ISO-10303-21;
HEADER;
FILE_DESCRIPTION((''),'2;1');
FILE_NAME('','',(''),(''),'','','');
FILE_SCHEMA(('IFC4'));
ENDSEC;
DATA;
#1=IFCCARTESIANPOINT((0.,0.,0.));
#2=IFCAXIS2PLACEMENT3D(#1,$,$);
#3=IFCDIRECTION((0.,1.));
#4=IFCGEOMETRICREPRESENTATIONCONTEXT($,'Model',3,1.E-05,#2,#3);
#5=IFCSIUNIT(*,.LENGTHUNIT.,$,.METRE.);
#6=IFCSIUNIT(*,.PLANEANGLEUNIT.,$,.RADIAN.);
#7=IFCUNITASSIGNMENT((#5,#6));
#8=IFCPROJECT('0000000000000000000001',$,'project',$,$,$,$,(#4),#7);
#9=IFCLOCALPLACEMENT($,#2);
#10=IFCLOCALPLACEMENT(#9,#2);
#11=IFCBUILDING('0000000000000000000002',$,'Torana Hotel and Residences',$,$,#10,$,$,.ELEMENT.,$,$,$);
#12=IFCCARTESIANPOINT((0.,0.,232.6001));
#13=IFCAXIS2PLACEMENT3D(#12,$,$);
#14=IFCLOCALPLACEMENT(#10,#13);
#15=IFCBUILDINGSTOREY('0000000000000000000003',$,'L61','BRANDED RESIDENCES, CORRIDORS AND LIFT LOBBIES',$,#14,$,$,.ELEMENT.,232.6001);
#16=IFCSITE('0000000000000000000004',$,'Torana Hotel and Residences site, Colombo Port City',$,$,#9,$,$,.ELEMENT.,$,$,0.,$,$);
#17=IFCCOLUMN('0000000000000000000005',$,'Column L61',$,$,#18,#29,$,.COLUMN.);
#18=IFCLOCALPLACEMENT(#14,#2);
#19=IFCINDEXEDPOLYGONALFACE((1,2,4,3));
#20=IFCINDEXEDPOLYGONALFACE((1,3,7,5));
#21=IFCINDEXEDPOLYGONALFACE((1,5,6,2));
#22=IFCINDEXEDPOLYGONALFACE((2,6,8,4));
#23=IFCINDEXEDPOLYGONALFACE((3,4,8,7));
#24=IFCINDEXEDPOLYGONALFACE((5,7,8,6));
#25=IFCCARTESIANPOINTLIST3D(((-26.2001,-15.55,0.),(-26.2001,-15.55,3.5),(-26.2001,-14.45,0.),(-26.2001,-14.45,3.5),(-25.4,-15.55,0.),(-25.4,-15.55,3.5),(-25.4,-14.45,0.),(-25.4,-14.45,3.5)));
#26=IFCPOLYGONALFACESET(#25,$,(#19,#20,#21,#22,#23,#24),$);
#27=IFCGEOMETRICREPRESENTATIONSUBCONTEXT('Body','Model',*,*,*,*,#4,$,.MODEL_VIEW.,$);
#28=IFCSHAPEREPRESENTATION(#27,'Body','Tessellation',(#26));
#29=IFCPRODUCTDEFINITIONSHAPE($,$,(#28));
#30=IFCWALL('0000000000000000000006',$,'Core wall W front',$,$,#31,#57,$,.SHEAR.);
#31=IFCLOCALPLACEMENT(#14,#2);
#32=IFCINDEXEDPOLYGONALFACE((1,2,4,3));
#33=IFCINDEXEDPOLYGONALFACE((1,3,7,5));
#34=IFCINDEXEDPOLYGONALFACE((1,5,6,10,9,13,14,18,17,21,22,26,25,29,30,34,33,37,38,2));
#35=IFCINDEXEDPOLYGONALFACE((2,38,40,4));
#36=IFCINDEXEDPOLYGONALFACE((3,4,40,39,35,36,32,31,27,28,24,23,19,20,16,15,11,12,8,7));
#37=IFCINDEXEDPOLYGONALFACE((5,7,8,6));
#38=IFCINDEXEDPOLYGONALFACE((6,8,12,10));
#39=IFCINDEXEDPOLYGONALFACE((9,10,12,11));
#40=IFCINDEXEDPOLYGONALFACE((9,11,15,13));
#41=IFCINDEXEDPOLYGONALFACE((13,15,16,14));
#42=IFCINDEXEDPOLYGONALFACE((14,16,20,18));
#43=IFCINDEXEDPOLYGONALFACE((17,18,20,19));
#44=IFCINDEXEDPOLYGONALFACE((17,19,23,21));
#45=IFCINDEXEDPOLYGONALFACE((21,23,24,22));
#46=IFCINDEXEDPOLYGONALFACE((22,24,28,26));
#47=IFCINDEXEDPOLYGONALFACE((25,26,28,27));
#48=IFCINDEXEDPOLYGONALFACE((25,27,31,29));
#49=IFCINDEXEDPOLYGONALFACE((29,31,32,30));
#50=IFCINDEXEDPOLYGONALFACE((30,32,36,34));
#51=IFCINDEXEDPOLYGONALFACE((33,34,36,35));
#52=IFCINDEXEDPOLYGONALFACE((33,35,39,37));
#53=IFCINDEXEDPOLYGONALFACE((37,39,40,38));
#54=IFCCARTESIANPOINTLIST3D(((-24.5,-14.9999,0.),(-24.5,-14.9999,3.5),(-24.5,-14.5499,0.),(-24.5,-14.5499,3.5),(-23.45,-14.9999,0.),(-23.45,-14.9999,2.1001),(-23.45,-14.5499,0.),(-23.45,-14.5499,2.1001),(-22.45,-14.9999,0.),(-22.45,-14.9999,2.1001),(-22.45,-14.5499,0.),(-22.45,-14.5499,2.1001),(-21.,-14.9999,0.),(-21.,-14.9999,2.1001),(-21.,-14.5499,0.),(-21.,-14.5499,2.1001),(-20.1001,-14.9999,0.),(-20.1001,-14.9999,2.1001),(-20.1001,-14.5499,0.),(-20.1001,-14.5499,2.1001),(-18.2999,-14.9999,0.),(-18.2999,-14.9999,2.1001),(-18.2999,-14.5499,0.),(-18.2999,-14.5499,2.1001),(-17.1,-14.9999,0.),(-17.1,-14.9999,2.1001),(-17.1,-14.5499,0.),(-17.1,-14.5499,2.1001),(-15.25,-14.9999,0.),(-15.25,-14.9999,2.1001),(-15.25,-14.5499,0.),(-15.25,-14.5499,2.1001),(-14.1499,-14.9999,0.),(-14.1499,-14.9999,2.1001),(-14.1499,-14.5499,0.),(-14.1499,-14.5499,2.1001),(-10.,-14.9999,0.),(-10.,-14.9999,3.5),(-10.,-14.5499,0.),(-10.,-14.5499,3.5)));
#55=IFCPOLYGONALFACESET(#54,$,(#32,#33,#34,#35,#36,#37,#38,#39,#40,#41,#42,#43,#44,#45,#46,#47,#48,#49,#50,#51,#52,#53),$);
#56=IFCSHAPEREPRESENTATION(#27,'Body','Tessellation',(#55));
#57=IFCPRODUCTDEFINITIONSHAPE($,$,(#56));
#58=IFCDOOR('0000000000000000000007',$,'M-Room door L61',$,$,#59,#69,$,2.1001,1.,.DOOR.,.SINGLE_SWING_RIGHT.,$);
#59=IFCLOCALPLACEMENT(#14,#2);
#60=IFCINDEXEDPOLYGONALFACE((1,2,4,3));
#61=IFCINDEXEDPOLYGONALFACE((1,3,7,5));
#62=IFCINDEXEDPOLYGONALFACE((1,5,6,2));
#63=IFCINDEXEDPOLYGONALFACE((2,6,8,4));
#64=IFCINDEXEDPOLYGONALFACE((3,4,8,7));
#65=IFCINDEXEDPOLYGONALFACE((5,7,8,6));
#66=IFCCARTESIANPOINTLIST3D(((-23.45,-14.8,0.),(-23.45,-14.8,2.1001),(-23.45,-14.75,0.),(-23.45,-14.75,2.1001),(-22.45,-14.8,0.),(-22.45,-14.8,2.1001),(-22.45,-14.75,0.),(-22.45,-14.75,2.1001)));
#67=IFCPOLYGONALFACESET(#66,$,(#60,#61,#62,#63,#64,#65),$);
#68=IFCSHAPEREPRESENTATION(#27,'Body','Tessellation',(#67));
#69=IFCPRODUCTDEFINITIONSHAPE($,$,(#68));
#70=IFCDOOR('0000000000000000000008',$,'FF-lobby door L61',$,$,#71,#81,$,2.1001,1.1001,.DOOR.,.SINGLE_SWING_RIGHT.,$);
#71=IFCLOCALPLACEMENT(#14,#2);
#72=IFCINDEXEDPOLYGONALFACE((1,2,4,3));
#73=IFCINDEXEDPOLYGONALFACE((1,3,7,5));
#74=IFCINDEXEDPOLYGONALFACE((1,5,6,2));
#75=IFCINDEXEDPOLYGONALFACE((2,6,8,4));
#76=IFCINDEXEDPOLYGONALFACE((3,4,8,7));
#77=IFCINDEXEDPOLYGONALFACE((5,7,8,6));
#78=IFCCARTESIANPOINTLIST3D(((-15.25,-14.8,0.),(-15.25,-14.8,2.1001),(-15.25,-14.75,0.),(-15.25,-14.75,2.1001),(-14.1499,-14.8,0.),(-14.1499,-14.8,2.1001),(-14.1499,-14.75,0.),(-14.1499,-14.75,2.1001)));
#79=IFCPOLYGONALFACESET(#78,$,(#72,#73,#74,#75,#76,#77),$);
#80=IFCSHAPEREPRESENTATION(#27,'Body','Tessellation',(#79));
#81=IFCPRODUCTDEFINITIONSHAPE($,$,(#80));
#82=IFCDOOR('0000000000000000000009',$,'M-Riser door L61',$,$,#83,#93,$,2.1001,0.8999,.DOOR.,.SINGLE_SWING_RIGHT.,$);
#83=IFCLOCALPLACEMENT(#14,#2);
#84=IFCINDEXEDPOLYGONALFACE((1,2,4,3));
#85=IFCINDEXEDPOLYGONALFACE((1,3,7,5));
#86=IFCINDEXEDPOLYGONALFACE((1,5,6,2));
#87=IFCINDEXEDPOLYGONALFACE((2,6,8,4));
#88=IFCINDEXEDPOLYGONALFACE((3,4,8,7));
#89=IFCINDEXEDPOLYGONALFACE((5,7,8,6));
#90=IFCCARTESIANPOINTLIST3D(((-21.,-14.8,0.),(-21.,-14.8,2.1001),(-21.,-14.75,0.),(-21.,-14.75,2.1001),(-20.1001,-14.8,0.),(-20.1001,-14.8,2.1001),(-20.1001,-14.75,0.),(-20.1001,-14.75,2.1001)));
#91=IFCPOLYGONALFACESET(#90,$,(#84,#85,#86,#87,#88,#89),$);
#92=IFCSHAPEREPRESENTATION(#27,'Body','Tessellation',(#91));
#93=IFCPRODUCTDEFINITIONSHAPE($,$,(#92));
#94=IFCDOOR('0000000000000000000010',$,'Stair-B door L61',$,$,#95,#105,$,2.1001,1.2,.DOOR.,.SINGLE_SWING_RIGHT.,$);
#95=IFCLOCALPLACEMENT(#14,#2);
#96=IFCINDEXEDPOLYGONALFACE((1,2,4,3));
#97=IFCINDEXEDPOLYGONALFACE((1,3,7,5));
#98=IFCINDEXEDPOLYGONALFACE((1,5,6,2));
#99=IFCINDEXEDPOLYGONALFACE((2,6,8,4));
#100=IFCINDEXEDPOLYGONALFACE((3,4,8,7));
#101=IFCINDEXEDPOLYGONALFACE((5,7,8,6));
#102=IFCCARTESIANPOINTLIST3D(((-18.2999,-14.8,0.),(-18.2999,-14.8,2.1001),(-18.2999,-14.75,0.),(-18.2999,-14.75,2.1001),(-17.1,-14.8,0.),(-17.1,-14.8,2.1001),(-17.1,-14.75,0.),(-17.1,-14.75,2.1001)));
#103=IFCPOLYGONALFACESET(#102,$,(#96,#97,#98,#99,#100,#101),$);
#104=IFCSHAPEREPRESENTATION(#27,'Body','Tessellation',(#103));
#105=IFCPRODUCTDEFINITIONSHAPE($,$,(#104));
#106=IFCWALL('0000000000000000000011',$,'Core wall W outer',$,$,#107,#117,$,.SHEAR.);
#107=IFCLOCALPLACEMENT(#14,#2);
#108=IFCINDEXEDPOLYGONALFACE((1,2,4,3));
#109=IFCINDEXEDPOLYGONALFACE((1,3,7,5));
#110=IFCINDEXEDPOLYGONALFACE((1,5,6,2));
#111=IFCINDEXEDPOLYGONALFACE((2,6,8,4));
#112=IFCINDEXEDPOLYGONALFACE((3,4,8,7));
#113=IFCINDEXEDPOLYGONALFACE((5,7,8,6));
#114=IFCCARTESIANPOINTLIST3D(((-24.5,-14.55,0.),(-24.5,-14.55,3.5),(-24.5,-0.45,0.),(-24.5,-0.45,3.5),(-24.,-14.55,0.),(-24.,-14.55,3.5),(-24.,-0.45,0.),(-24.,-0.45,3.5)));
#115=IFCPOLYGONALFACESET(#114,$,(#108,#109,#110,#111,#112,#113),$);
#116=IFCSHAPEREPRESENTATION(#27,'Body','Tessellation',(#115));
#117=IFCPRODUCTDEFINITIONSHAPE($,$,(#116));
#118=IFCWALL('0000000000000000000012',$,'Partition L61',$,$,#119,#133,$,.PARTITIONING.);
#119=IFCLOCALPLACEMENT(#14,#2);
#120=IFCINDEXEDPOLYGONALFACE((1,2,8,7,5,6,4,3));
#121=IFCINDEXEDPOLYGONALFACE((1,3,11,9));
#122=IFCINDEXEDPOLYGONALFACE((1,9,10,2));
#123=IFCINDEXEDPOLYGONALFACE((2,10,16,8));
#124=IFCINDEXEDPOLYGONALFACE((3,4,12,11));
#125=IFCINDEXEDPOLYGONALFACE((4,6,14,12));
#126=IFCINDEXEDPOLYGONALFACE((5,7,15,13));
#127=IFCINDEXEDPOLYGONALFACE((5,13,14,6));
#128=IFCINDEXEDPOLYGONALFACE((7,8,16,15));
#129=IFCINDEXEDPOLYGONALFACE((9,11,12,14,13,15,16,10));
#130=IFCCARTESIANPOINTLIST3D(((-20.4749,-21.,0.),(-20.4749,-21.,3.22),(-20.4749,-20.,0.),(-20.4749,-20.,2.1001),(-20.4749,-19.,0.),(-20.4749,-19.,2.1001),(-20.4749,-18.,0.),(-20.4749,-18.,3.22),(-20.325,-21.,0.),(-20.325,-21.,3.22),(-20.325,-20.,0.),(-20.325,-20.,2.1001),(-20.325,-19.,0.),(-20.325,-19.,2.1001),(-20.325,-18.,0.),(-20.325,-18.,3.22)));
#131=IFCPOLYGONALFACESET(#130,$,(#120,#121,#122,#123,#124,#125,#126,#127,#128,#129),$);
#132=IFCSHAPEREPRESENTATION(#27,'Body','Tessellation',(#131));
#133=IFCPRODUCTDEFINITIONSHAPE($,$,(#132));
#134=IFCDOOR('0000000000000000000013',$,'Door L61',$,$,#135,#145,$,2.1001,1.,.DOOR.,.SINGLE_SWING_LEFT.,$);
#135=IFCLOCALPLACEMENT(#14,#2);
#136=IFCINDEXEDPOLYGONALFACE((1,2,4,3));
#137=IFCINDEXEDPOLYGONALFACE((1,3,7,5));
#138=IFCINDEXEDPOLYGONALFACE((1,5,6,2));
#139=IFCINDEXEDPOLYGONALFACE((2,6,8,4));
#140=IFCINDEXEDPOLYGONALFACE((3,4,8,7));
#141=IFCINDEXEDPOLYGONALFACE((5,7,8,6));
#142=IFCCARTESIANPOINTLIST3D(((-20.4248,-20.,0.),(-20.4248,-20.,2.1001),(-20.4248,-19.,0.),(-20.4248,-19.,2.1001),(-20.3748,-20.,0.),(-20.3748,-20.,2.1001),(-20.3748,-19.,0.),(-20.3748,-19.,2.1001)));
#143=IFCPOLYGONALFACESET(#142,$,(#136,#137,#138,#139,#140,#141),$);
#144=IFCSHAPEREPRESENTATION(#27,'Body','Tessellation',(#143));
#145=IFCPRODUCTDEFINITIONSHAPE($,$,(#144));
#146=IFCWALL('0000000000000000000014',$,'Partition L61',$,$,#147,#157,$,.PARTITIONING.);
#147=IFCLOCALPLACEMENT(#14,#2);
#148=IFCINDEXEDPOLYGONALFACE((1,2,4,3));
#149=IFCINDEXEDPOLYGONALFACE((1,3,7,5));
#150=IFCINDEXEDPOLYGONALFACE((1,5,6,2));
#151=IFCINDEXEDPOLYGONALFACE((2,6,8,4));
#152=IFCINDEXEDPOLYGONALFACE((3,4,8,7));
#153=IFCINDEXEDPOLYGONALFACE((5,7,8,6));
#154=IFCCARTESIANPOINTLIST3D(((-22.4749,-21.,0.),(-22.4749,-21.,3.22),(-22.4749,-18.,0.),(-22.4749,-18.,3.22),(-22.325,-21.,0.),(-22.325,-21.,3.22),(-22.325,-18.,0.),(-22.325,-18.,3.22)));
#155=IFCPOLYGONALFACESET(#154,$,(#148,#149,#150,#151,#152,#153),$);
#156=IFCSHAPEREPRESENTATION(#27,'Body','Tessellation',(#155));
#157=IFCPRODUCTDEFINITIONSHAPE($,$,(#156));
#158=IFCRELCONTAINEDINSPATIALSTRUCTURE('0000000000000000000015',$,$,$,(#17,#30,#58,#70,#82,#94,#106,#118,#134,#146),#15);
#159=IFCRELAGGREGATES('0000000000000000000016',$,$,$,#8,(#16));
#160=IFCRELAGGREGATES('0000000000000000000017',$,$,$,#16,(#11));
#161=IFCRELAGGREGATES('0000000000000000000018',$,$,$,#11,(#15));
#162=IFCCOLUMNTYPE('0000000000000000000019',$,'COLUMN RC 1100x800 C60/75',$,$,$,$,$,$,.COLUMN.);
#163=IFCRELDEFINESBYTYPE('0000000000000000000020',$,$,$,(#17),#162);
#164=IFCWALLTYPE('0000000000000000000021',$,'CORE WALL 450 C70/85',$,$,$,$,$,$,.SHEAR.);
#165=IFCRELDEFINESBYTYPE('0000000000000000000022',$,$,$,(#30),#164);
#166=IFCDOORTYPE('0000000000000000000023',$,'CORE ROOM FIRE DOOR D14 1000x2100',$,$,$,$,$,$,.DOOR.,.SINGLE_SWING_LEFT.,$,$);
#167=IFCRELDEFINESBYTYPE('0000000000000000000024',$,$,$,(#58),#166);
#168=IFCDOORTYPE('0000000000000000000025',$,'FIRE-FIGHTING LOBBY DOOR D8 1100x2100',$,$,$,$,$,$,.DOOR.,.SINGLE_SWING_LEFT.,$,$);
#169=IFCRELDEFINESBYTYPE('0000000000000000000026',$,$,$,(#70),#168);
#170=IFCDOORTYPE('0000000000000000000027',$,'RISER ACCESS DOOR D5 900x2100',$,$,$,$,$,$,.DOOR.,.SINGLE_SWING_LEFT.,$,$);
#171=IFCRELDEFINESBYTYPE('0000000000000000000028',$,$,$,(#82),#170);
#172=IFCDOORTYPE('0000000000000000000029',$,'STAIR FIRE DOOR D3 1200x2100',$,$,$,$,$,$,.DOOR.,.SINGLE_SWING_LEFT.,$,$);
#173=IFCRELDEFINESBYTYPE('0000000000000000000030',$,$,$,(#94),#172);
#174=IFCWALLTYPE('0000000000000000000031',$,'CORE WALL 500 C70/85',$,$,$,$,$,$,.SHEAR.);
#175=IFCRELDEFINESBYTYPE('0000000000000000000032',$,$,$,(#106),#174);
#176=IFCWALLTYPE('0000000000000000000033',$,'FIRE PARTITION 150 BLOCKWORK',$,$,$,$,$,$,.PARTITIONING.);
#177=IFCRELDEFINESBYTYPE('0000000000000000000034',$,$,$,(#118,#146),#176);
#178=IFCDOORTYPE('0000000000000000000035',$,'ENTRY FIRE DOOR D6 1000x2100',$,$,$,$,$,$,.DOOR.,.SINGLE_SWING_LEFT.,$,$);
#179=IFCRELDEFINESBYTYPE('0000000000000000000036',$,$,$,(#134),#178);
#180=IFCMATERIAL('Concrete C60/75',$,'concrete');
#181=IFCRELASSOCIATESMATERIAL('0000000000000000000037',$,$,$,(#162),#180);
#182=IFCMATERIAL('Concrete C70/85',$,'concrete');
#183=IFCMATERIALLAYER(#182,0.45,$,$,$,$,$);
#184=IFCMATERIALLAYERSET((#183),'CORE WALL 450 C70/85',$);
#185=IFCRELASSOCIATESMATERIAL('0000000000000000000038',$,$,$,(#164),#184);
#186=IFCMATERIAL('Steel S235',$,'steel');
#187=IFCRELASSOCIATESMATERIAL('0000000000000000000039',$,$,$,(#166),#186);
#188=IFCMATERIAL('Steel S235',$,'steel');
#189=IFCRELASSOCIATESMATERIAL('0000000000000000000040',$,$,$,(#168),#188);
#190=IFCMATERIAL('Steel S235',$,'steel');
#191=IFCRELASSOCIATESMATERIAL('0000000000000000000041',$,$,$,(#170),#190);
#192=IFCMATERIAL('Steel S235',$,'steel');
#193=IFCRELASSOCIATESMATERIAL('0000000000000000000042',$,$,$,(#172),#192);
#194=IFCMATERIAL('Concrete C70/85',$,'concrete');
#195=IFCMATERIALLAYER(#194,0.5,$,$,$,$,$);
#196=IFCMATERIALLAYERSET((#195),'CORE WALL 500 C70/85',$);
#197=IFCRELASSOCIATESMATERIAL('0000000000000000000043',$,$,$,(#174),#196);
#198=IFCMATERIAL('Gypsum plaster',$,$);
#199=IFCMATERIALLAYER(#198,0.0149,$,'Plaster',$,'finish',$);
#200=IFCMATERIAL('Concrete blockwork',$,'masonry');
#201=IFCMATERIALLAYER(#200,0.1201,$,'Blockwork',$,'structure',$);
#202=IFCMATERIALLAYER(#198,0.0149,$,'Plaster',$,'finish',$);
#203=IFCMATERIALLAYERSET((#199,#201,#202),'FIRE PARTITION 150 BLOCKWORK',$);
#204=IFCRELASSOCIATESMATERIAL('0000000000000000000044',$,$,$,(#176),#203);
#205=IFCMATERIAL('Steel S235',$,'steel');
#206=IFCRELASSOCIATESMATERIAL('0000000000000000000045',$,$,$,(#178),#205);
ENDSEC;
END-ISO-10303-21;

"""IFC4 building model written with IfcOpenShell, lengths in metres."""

from ifc_helpers import new_model, si_unit, direction, frame, frame_2d, origin, origin_2d, place, context, subcontext, project, spatial, rectangle, extrude, material, layer, layer_set, material_profile, profile_set, type_object, element, fill, save


model = new_model("IFC4")

# Units and contexts
model_context = context("Model", 3, precision=1e-05, world=origin(), true_north=direction((0.0, 1.0)))
body_context = subcontext(model_context, "Body", "Model", "MODEL_VIEW")
ifc_project = project(units=[si_unit("LENGTHUNIT", "METRE"), si_unit("PLANEANGLEUNIT", "RADIAN")], contexts=[model_context])

# Site, building, storey
site_placement = place(None, origin())
site = spatial("IfcSite", under=ifc_project, at=site_placement, Name="Torana Hotel and Residences site, Colombo Port City", CompositionType="ELEMENT", RefElevation=0.0)
building_placement = place(site_placement, origin())
building = spatial("IfcBuilding", under=site, at=building_placement, Name="Torana Hotel and Residences", CompositionType="ELEMENT")
storey_placement = place(building_placement, frame((0.0, 0.0, 232.6001)))
storey = spatial("IfcBuildingStorey", under=building, at=storey_placement, Name="L61", Description="BRANDED RESIDENCES, CORRIDORS AND LIFT LOBBIES", CompositionType="ELEMENT", Elevation=232.6001)

# Column
ifc_material_1 = material(Name="Concrete C60/75", Category="concrete")
ifc_material_profile = material_profile(ifc_material_1, rectangle(XDim=1.1001, YDim=0.8, at=origin_2d()), Name="RC 1100x800")
ifc_profile_set = profile_set([ifc_material_profile], Name="Concrete C60/75")
column_type = type_object("IfcColumnType", Name="COLUMN RC 1100x800 C60/75", PredefinedType="COLUMN", material=ifc_profile_set)
column_placement = place(storey_placement, frame((-25.8, -15.0, 0.0), z_axis=(0.0, 0.0, 1.0), x_axis=(0.0, 1.0, 0.0)))
element("IfcColumn", 1, at=column_placement, inside=storey, type_object=column_type, Name="Column L61", PredefinedType="COLUMN", context=body_context, shape_type="SweptSolid", body=[
    extrude(rectangle(XDim=1.1001, YDim=0.8, at=origin_2d()), origin(), (0.0, 0.0, 1.0), 3.5),
])

# Wall, openings, doors
ifc_material_2 = material(Name="Concrete C70/85", Category="concrete")
ifc_layer_1 = layer(ifc_material_2, 0.45)
ifc_layer_set_1 = layer_set([ifc_layer_1], Name="CORE WALL 450 C70/85")
wall_type_1 = type_object("IfcWallType", Name="CORE WALL 450 C70/85", PredefinedType="SHEAR", material=ifc_layer_set_1)
wall_1_placement = place(storey_placement, frame((-24.5, -14.7749, 0.0), z_axis=(0.0, 0.0, 1.0), x_axis=(1.0, 0.0, 0.0)))
wall_1 = element("IfcWall", 2, at=wall_1_placement, inside=storey, type_object=wall_type_1, Name="Core wall W front", PredefinedType="SHEAR", context=body_context, shape_type="SweptSolid", body=[
    extrude(rectangle(XDim=14.5, YDim=0.45, at=frame_2d((7.25, 0.0))), origin(), (0.0, 0.0, 1.0), 3.5),
])
opening_1_placement = place(wall_1_placement, frame((6.2, 0.0, 0.0)))
opening_1 = element("IfcOpeningElement", 3, at=opening_1_placement, cuts=wall_1, PredefinedType="OPENING", context=body_context, shape_type="SweptSolid", body=[
    extrude(rectangle(XDim=1.2, YDim=2.1001, at=frame_2d((0.6001, 1.05))), frame((0.0, 0.2349, 0.0), z_axis=(0.0, -1.0, 0.0), x_axis=(1.0, 0.0, 0.0)), (0.0, 0.0, 1.0), 0.47),
])
opening_2_placement = place(wall_1_placement, frame((9.25, 0.0, 0.0)))
opening_2 = element("IfcOpeningElement", 4, at=opening_2_placement, cuts=wall_1, PredefinedType="OPENING", context=body_context, shape_type="SweptSolid", body=[
    extrude(rectangle(XDim=1.1001, YDim=2.1001, at=frame_2d((0.55, 1.05))), frame((0.0, 0.2349, 0.0), z_axis=(0.0, -1.0, 0.0), x_axis=(1.0, 0.0, 0.0)), (0.0, 0.0, 1.0), 0.47),
])
opening_3_placement = place(wall_1_placement, frame((3.5, 0.0, 0.0)))
opening_3 = element("IfcOpeningElement", 5, at=opening_3_placement, cuts=wall_1, PredefinedType="OPENING", context=body_context, shape_type="SweptSolid", body=[
    extrude(rectangle(XDim=0.8999, YDim=2.1001, at=frame_2d((0.45, 1.05))), frame((0.0, 0.2349, 0.0), z_axis=(0.0, -1.0, 0.0), x_axis=(1.0, 0.0, 0.0)), (0.0, 0.0, 1.0), 0.47),
])
opening_4_placement = place(wall_1_placement, frame((1.05, 0.0, 0.0)))
opening_4 = element("IfcOpeningElement", 6, at=opening_4_placement, cuts=wall_1, PredefinedType="OPENING", context=body_context, shape_type="SweptSolid", body=[
    extrude(rectangle(XDim=1.0, YDim=2.1001, at=frame_2d((0.5, 1.05))), frame((0.0, 0.2349, 0.0), z_axis=(0.0, -1.0, 0.0), x_axis=(1.0, 0.0, 0.0)), (0.0, 0.0, 1.0), 0.47),
])
ifc_material_3 = material(Name="Steel S235", Category="steel")
door_type_1 = type_object("IfcDoorType", Name="CORE ROOM FIRE DOOR D14 1000x2100", OperationType="SINGLE_SWING_LEFT", PredefinedType="DOOR", material=ifc_material_3)
door_1_placement = place(opening_4_placement, origin())
door_1 = element("IfcDoor", 7, at=door_1_placement, inside=storey, type_object=door_type_1, Name="M-Room door L61", OperationType="SINGLE_SWING_RIGHT", OverallHeight=2.1001, OverallWidth=1.0, PredefinedType="DOOR", context=body_context, shape_type="SweptSolid", body=[
    extrude(rectangle(XDim=1.0, YDim=2.1001, at=frame_2d((0.5, 1.05))), frame((0.0, 0.0249, 0.0), z_axis=(0.0, -1.0, 0.0), x_axis=(1.0, 0.0, 0.0)), (0.0, 0.0, 1.0), 0.05),
])
fill(opening_4, door_1)
ifc_material_4 = material(Name="Steel S235", Category="steel")
door_type_2 = type_object("IfcDoorType", Name="FIRE-FIGHTING LOBBY DOOR D8 1100x2100", OperationType="SINGLE_SWING_LEFT", PredefinedType="DOOR", material=ifc_material_4)
door_2_placement = place(opening_2_placement, origin())
door_2 = element("IfcDoor", 8, at=door_2_placement, inside=storey, type_object=door_type_2, Name="FF-lobby door L61", OperationType="SINGLE_SWING_RIGHT", OverallHeight=2.1001, OverallWidth=1.1001, PredefinedType="DOOR", context=body_context, shape_type="SweptSolid", body=[
    extrude(rectangle(XDim=1.1001, YDim=2.1001, at=frame_2d((0.55, 1.05))), frame((0.0, 0.0249, 0.0), z_axis=(0.0, -1.0, 0.0), x_axis=(1.0, 0.0, 0.0)), (0.0, 0.0, 1.0), 0.05),
])
fill(opening_2, door_2)
ifc_material_5 = material(Name="Steel S235", Category="steel")
door_type_3 = type_object("IfcDoorType", Name="RISER ACCESS DOOR D5 900x2100", OperationType="SINGLE_SWING_LEFT", PredefinedType="DOOR", material=ifc_material_5)
door_3_placement = place(opening_3_placement, origin())
door_3 = element("IfcDoor", 9, at=door_3_placement, inside=storey, type_object=door_type_3, Name="M-Riser door L61", OperationType="SINGLE_SWING_RIGHT", OverallHeight=2.1001, OverallWidth=0.8999, PredefinedType="DOOR", context=body_context, shape_type="SweptSolid", body=[
    extrude(rectangle(XDim=0.8999, YDim=2.1001, at=frame_2d((0.45, 1.05))), frame((0.0, 0.0249, 0.0), z_axis=(0.0, -1.0, 0.0), x_axis=(1.0, 0.0, 0.0)), (0.0, 0.0, 1.0), 0.05),
])
fill(opening_3, door_3)
ifc_material_6 = material(Name="Steel S235", Category="steel")
door_type_4 = type_object("IfcDoorType", Name="STAIR FIRE DOOR D3 1200x2100", OperationType="SINGLE_SWING_LEFT", PredefinedType="DOOR", material=ifc_material_6)
door_4_placement = place(opening_1_placement, origin())
door_4 = element("IfcDoor", 10, at=door_4_placement, inside=storey, type_object=door_type_4, Name="Stair-B door L61", OperationType="SINGLE_SWING_RIGHT", OverallHeight=2.1001, OverallWidth=1.2, PredefinedType="DOOR", context=body_context, shape_type="SweptSolid", body=[
    extrude(rectangle(XDim=1.2, YDim=2.1001, at=frame_2d((0.6001, 1.05))), frame((0.0, 0.0249, 0.0), z_axis=(0.0, -1.0, 0.0), x_axis=(1.0, 0.0, 0.0)), (0.0, 0.0, 1.0), 0.05),
])
fill(opening_1, door_4)

# Wall
ifc_material_7 = material(Name="Concrete C70/85", Category="concrete")
ifc_layer_2 = layer(ifc_material_7, 0.5)
ifc_layer_set_2 = layer_set([ifc_layer_2], Name="CORE WALL 500 C70/85")
wall_type_2 = type_object("IfcWallType", Name="CORE WALL 500 C70/85", PredefinedType="SHEAR", material=ifc_layer_set_2)
wall_2_placement = place(storey_placement, frame((-24.25, -14.55, 0.0), z_axis=(0.0, 0.0, 1.0), x_axis=(0.0, 1.0, 0.0)))
element("IfcWall", 11, at=wall_2_placement, inside=storey, type_object=wall_type_2, Name="Core wall W outer", PredefinedType="SHEAR", context=body_context, shape_type="SweptSolid", body=[
    extrude(rectangle(XDim=14.1001, YDim=0.5, at=frame_2d((7.05, 0.0))), origin(), (0.0, 0.0, 1.0), 3.5),
])

# Wall, opening, door
ifc_material_8 = material(Name="Gypsum plaster")
ifc_layer_3 = layer(ifc_material_8, 0.0149, Name="Plaster", Category="finish")
ifc_material_9 = material(Name="Concrete blockwork", Category="masonry")
ifc_layer_4 = layer(ifc_material_9, 0.1201, Name="Blockwork", Category="structure")
ifc_layer_5 = layer(ifc_material_8, 0.0149, Name="Plaster", Category="finish")
ifc_layer_set_3 = layer_set([ifc_layer_3, ifc_layer_4, ifc_layer_5], Name="FIRE PARTITION 150 BLOCKWORK")
wall_type_3 = type_object("IfcWallType", Name="FIRE PARTITION 150 BLOCKWORK", PredefinedType="PARTITIONING", material=ifc_layer_set_3)
wall_3_placement = place(storey_placement, frame((-20.3999, -21.0, 0.0), z_axis=(0.0, 0.0, 1.0), x_axis=(0.0, 1.0, 0.0)))
wall_3 = element("IfcWall", 12, at=wall_3_placement, inside=storey, type_object=wall_type_3, Name="Partition L61", PredefinedType="PARTITIONING", context=body_context, shape_type="SweptSolid", body=[
    extrude(rectangle(XDim=3.0, YDim=0.1499, at=frame_2d((1.5, 0.0))), origin(), (0.0, 0.0, 1.0), 3.22),
])
opening_5_placement = place(wall_3_placement, frame((1.0, 0.0, 0.0)))
opening_5 = element("IfcOpeningElement", 13, at=opening_5_placement, cuts=wall_3, PredefinedType="OPENING", context=body_context, shape_type="SweptSolid", body=[
    extrude(rectangle(XDim=1.0, YDim=2.1001, at=frame_2d((0.5, 1.05))), frame((0.0, 0.085, 0.0), z_axis=(0.0, -1.0, 0.0), x_axis=(1.0, 0.0, 0.0)), (0.0, 0.0, 1.0), 0.1699),
])
ifc_material_10 = material(Name="Steel S235", Category="steel")
door_type_5 = type_object("IfcDoorType", Name="ENTRY FIRE DOOR D6 1000x2100", OperationType="SINGLE_SWING_LEFT", PredefinedType="DOOR", material=ifc_material_10)
door_5_placement = place(opening_5_placement, frame((0.5, 0.0, 0.0), z_axis=(0.0, 0.0, 1.0), x_axis=(-1.0, 0.0, 0.0)))
door_5 = element("IfcDoor", 14, at=door_5_placement, inside=storey, type_object=door_type_5, Name="Door L61", OperationType="SINGLE_SWING_LEFT", OverallHeight=2.1001, OverallWidth=1.0, PredefinedType="DOOR", context=body_context, shape_type="SweptSolid", body=[
    extrude(rectangle(XDim=1.0, YDim=2.1001, at=frame_2d((0.0, 1.05))), frame((0.0, -0.0249, 0.0), z_axis=(0.0, 1.0, 0.0), x_axis=(-1.0, 0.0, 0.0)), (0.0, 0.0, 1.0), 0.05),
])
fill(opening_5, door_5)

# Wall
wall_4_placement = place(storey_placement, frame((-22.3999, -21.0, 0.0), z_axis=(0.0, 0.0, 1.0), x_axis=(0.0, 1.0, 0.0)))
element("IfcWall", 15, at=wall_4_placement, inside=storey, type_object=wall_type_3, Name="Partition L61", PredefinedType="PARTITIONING", context=body_context, shape_type="SweptSolid", body=[
    extrude(rectangle(XDim=3.0, YDim=0.1499, at=frame_2d((1.5, 0.0))), origin(), (0.0, 0.0, 1.0), 3.22),
])

save(model, "model.ifc")
